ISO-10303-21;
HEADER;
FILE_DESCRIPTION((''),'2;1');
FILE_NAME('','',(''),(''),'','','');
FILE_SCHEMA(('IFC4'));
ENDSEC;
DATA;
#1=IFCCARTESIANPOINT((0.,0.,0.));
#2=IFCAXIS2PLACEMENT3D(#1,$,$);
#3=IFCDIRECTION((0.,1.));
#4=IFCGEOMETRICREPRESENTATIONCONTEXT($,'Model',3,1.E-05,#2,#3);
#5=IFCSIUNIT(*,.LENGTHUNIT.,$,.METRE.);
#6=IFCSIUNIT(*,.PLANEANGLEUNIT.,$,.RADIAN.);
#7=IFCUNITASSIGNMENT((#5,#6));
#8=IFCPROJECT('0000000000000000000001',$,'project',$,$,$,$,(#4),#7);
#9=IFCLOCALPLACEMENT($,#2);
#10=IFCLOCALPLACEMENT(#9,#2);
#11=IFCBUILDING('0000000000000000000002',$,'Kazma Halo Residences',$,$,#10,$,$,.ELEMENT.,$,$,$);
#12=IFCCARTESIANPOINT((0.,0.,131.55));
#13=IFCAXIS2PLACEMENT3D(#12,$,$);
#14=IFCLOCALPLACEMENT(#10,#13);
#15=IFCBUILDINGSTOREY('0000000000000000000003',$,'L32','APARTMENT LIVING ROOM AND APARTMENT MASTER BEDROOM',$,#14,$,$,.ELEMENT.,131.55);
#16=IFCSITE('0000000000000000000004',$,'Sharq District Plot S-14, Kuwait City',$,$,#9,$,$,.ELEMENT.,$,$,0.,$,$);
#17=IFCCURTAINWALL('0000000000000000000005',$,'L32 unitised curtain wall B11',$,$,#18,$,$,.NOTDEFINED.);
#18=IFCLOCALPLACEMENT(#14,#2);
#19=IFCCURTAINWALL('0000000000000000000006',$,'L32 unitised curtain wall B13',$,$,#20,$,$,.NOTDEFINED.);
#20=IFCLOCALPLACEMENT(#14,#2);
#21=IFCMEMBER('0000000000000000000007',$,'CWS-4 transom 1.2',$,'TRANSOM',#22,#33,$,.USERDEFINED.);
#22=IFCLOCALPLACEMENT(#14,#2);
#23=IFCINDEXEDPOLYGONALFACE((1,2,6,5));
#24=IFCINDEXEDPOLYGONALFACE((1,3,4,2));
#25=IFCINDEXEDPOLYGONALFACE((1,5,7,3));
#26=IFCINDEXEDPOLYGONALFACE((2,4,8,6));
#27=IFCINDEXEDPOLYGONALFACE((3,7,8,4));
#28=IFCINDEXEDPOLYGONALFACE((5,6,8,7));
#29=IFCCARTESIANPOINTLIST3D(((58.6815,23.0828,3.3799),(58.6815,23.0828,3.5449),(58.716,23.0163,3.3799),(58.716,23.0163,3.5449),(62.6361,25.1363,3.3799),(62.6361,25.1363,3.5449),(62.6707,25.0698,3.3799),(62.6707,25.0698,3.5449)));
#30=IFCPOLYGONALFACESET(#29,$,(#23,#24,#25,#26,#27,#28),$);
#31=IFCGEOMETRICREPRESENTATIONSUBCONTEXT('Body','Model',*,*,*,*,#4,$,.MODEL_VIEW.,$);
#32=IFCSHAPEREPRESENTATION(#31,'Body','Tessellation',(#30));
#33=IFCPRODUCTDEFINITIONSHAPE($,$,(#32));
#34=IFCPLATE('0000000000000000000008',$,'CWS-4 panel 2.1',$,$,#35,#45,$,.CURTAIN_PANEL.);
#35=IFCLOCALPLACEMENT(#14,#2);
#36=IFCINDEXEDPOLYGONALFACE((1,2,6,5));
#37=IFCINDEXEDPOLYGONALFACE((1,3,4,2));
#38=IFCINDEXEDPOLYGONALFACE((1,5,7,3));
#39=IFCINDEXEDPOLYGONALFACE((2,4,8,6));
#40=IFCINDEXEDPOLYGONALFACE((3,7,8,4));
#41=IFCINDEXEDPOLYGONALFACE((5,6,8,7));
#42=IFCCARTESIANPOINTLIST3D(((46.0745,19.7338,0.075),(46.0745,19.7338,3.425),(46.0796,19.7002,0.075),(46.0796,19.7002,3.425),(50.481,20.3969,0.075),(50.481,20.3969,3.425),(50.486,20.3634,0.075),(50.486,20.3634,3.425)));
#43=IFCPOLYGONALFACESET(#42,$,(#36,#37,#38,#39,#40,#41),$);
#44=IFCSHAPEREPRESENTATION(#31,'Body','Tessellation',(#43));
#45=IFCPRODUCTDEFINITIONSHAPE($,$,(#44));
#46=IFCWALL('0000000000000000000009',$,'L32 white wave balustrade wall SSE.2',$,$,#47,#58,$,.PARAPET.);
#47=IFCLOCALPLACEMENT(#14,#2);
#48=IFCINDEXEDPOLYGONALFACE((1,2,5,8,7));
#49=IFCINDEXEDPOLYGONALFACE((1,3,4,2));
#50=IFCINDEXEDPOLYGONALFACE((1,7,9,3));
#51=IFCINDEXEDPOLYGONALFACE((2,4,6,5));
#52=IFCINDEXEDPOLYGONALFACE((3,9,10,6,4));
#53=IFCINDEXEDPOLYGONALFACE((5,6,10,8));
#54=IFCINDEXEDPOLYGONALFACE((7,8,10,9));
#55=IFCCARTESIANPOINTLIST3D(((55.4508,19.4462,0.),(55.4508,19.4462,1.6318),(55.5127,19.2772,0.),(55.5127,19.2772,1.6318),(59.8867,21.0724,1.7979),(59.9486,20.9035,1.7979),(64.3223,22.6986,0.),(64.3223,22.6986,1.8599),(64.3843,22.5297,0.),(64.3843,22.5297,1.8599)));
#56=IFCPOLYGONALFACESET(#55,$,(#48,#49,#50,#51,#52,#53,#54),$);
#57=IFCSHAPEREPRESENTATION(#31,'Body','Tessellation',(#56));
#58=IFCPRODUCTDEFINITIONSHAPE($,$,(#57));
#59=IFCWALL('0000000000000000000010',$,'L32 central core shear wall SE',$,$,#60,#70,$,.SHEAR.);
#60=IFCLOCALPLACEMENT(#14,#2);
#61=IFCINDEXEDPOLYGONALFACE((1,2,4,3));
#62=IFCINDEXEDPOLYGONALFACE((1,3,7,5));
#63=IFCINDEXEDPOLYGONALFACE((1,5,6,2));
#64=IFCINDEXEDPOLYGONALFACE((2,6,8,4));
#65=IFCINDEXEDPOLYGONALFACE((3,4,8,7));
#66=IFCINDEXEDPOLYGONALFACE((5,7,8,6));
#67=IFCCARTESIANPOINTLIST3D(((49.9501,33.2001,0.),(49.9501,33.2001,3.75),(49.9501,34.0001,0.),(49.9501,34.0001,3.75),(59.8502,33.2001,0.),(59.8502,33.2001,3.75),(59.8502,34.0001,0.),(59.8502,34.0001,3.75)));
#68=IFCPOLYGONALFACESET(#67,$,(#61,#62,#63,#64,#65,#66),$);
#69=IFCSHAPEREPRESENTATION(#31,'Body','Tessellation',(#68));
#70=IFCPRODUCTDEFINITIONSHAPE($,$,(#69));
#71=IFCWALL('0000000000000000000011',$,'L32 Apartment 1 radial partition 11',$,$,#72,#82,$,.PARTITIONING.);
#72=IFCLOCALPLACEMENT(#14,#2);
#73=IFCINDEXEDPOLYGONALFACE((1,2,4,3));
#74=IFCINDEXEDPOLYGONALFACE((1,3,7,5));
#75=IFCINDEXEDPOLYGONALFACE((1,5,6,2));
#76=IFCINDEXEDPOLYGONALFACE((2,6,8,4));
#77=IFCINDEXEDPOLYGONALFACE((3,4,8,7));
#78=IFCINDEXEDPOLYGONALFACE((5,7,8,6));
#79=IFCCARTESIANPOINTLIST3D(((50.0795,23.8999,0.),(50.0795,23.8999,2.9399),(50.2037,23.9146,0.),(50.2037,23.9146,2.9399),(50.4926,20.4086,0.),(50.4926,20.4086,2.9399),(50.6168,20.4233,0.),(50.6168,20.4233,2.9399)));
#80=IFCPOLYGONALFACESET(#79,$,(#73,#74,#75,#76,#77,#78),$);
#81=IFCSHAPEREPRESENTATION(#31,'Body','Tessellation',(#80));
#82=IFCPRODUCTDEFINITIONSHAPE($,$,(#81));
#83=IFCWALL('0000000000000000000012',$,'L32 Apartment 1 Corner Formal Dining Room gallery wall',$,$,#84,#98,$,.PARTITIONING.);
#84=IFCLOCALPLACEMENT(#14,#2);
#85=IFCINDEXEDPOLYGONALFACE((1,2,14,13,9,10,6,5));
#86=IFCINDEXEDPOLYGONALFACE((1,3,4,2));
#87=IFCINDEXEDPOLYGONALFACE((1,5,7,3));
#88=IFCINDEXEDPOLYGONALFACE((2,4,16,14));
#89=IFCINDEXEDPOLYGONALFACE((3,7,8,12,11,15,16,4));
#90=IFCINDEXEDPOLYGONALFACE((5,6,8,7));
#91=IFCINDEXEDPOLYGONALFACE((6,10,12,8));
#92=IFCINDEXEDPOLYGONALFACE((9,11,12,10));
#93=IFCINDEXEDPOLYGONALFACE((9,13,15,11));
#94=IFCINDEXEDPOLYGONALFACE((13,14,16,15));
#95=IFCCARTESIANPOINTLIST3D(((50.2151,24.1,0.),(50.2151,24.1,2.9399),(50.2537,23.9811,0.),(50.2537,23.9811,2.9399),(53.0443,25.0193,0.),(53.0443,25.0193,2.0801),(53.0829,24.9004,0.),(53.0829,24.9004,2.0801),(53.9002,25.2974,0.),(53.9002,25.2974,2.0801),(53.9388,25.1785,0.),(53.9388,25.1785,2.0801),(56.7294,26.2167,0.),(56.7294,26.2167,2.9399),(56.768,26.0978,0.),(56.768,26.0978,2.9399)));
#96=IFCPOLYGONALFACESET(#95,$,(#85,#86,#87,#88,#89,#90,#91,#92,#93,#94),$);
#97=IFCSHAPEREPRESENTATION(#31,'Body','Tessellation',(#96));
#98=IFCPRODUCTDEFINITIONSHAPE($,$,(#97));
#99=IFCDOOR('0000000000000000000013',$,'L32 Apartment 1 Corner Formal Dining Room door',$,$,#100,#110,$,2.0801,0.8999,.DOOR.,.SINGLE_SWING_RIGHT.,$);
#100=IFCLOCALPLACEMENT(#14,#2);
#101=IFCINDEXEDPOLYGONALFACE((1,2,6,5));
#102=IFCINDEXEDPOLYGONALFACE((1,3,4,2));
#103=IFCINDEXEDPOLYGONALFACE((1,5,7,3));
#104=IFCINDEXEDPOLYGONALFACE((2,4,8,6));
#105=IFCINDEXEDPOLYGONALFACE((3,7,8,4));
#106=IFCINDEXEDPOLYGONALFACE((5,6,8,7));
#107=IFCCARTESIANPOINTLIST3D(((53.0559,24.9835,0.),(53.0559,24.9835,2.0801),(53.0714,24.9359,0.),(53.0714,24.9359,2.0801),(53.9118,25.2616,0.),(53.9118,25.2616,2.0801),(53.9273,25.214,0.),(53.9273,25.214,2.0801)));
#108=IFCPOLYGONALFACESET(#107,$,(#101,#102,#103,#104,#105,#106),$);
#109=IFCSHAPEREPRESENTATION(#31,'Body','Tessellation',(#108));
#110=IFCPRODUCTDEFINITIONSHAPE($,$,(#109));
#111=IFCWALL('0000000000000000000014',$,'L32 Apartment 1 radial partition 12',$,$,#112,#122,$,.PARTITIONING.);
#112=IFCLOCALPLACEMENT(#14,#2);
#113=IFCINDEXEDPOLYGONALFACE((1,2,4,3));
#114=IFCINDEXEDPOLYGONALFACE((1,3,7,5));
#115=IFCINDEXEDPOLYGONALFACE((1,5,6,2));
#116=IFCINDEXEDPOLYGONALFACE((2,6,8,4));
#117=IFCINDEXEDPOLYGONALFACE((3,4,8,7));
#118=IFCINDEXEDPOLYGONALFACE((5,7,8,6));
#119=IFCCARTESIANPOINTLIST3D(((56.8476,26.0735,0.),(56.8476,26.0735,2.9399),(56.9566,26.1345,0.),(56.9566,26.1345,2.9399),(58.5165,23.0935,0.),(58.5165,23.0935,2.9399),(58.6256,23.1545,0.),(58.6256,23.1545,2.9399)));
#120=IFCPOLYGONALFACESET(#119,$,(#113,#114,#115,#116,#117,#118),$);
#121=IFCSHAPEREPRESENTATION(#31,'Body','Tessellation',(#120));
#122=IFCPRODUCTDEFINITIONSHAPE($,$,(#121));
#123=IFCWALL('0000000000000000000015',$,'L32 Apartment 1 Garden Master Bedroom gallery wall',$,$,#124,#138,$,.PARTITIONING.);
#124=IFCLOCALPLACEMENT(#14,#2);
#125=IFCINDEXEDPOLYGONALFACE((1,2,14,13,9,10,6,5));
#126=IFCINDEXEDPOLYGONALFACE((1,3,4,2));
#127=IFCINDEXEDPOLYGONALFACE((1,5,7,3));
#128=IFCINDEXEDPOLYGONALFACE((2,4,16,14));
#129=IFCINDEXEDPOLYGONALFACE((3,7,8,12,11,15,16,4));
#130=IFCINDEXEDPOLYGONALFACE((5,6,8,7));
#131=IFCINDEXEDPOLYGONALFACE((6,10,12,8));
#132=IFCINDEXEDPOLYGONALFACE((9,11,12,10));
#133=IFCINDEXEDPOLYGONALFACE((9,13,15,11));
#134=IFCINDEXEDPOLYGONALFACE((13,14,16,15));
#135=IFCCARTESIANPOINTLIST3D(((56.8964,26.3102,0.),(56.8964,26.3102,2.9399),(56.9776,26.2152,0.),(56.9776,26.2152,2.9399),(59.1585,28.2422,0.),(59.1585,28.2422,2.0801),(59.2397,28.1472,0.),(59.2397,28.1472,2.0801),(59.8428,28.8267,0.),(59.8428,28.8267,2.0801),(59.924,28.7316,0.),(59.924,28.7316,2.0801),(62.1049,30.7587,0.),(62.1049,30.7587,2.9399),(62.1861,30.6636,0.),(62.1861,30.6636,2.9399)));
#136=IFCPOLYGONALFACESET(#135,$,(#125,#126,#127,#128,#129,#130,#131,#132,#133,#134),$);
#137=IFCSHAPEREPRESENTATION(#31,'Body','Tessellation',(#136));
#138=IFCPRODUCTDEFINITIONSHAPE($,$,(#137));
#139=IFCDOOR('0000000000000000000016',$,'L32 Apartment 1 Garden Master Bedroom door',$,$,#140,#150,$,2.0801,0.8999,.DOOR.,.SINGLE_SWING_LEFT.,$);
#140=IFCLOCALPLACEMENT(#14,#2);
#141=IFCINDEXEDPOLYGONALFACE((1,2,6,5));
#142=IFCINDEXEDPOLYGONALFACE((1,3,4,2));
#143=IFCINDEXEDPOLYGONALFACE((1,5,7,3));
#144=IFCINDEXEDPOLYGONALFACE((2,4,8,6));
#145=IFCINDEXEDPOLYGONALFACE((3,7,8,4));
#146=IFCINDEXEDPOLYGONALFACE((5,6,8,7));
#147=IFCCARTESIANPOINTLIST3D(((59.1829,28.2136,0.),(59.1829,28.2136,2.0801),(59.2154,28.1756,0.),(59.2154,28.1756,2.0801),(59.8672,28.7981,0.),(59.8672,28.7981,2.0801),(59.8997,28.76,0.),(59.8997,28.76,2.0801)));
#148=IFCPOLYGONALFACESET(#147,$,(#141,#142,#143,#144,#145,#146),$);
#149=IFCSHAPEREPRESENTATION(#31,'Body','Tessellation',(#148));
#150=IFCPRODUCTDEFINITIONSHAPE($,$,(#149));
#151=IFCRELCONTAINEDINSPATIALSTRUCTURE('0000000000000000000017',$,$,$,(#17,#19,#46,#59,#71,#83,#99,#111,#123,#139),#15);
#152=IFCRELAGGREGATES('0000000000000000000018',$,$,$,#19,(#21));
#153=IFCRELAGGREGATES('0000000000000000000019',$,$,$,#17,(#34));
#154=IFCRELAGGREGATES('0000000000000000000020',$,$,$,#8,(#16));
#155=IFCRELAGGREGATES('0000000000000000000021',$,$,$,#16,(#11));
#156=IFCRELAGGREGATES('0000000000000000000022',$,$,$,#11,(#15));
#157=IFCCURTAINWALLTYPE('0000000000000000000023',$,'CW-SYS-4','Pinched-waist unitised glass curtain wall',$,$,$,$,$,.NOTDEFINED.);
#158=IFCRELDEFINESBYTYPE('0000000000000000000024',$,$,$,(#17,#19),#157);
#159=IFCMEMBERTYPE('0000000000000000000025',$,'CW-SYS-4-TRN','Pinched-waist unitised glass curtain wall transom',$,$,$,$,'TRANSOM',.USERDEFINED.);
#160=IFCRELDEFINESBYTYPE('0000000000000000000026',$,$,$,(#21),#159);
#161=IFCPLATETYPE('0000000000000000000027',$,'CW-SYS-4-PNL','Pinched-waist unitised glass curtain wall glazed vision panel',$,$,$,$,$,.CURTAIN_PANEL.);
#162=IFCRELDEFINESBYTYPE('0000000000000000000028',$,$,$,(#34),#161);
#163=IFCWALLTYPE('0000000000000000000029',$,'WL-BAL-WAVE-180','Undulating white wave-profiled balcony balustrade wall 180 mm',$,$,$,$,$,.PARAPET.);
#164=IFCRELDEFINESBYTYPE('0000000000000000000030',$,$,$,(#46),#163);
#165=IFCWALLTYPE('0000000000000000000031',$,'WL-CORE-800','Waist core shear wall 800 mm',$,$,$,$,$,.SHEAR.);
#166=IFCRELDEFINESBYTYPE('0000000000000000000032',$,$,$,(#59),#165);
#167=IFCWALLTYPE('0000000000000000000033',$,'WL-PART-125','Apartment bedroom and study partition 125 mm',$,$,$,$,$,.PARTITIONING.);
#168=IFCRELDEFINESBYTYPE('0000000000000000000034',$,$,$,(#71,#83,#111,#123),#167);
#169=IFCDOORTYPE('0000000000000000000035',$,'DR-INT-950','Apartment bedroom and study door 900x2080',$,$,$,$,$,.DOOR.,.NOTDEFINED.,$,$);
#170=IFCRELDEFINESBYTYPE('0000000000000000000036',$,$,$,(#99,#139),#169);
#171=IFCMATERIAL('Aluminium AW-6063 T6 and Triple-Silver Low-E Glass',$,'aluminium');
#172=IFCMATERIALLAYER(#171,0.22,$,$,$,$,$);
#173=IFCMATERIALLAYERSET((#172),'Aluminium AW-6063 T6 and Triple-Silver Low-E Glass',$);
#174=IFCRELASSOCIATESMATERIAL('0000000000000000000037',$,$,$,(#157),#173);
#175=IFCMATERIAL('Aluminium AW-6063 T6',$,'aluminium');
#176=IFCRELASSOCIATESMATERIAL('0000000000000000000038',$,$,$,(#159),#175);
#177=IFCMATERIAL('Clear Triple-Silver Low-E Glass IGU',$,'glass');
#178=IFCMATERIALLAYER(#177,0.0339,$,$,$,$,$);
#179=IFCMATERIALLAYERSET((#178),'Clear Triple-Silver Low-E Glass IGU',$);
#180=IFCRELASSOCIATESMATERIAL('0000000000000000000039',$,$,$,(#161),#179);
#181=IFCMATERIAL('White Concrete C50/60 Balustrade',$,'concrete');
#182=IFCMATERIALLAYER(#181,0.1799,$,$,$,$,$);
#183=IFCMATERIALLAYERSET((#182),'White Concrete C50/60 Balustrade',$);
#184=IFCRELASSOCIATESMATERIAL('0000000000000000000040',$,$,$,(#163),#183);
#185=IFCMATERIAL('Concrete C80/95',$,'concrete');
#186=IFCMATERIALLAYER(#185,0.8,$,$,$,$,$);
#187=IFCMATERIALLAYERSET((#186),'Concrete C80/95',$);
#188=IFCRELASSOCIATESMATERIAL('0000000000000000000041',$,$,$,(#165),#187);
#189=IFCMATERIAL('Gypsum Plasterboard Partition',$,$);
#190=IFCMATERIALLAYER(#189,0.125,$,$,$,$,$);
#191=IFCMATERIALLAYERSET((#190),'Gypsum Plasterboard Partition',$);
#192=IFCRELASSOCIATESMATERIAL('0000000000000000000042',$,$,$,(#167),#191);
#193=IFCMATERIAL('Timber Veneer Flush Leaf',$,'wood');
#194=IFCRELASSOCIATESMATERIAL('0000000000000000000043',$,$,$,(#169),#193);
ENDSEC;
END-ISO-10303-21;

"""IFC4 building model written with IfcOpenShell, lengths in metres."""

from ifc_helpers import new_model, si_unit, direction, frame, frame_2d, origin, origin_2d, place, context, subcontext, project, spatial, polyline, rectangle, outline, extrude, material, layer, layer_set, material_profile, profile_set, type_object, element, fill, aggregate, save


model = new_model("IFC4")

# Units and contexts
model_context = context("Model", 3, precision=1e-05, world=origin(), true_north=direction((0.0, 1.0)))
body_context = subcontext(model_context, "Body", "Model", "MODEL_VIEW")
ifc_project = project(units=[si_unit("LENGTHUNIT", "METRE"), si_unit("PLANEANGLEUNIT", "RADIAN")], contexts=[model_context])

# Site, building, storey
site_placement = place(None, origin())
site = spatial("IfcSite", under=ifc_project, at=site_placement, Name="Sharq District Plot S-14, Kuwait City", CompositionType="ELEMENT", RefElevation=0.0)
building_placement = place(site_placement, origin())
building = spatial("IfcBuilding", under=site, at=building_placement, Name="Kazma Halo Residences", CompositionType="ELEMENT")
storey_placement = place(building_placement, frame((0.0, 0.0, 131.55)))
storey = spatial("IfcBuildingStorey", under=building, at=storey_placement, Name="L32", Description="APARTMENT LIVING ROOM AND APARTMENT MASTER BEDROOM", CompositionType="ELEMENT", Elevation=131.55)

# Shared definitions
ifc_material_1 = material(Name="Concrete C80/95", Category="concrete")

# Curtain wall
ifc_material_2 = material(Name="Aluminium AW-6063 T6 and Triple-Silver Low-E Glass", Category="aluminium")
ifc_layer_1 = layer(ifc_material_2, 0.22)
ifc_layer_set_1 = layer_set([ifc_layer_1], Name="Aluminium AW-6063 T6 and Triple-Silver Low-E Glass")
curtain_wall_type = type_object("IfcCurtainWallType", Name="CW-SYS-4", Description="Pinched-waist unitised glass curtain wall", PredefinedType="NOTDEFINED", material=ifc_layer_set_1)
curtain_wall_1_placement = place(storey_placement, origin())
curtain_wall_1 = element("IfcCurtainWall", 1, at=curtain_wall_1_placement, inside=storey, type_object=curtain_wall_type, Name="L32 unitised curtain wall B11", PredefinedType="NOTDEFINED")
ifc_material_3 = material(Name="Aluminium AW-6063 T6", Category="aluminium")

# Curtain wall, member
curtain_wall_2_placement = place(storey_placement, origin())
curtain_wall_2 = element("IfcCurtainWall", 2, at=curtain_wall_2_placement, inside=storey, type_object=curtain_wall_type, Name="L32 unitised curtain wall B13", PredefinedType="NOTDEFINED")
ifc_material_profile_1 = material_profile(ifc_material_3, rectangle(XDim=0.075, YDim=0.165, at=origin_2d()), Name="CWT-75x165")
ifc_profile_set_1 = profile_set([ifc_material_profile_1], Name="Aluminium AW-6063 T6")
member_type_1 = type_object("IfcMemberType", Name="CW-SYS-4-TRN", Description="Pinched-waist unitised glass curtain wall transom", ElementType="TRANSOM", PredefinedType="USERDEFINED", material=ifc_profile_set_1)
member_1_placement = place(storey_placement, frame((58.6987, 23.0496, 3.4624), z_axis=(0.887485, 0.460837, 0.0), x_axis=(-0.460837, 0.887485, 0.0)))
member_1 = element("IfcMember", 3, at=member_1_placement, type_object=member_type_1, Name="CWS-4 transom 1.2", ObjectType="TRANSOM", PredefinedType="USERDEFINED", context=body_context, shape_type="SweptSolid", body=[
    extrude(rectangle(XDim=0.075, YDim=0.165, at=origin_2d()), origin(), (0.0, 0.0, 1.0), 4.4561),
])
aggregate(curtain_wall_2, [member_1])

# Plate
ifc_material_4 = material(Name="Clear Triple-Silver Low-E Glass IGU", Category="glass")
ifc_layer_2 = layer(ifc_material_4, 0.0339)
ifc_layer_set_2 = layer_set([ifc_layer_2], Name="Clear Triple-Silver Low-E Glass IGU")
plate_type = type_object("IfcPlateType", Name="CW-SYS-4-PNL", Description="Pinched-waist unitised glass curtain wall glazed vision panel", PredefinedType="CURTAIN_PANEL", material=ifc_layer_set_2)
plate_placement = place(storey_placement, frame((48.2803, 20.0486, 0.075), z_axis=(0.0, 0.0, 1.0), x_axis=(0.988864, 0.148821, 0.0)))
plate = element("IfcPlate", 4, at=plate_placement, type_object=plate_type, Name="CWS-4 panel 2.1", PredefinedType="CURTAIN_PANEL", context=body_context, shape_type="SweptSolid", body=[
    extrude(rectangle(XDim=4.4561, YDim=0.0339, at=origin_2d()), origin(), (0.0, 0.0, 1.0), 3.3501),
])
aggregate(curtain_wall_1, [plate])

# Walls
ifc_material_5 = material(Name="White Concrete C50/60 Balustrade", Category="concrete")
ifc_layer_3 = layer(ifc_material_5, 0.1799)
ifc_layer_set_3 = layer_set([ifc_layer_3], Name="White Concrete C50/60 Balustrade")
wall_type_1 = type_object("IfcWallType", Name="WL-BAL-WAVE-180", Description="Undulating white wave-profiled balcony balustrade wall 180 mm", PredefinedType="PARAPET", material=ifc_layer_set_3)
wall_1_placement = place(storey_placement, frame((55.4817, 19.3618, 0.0), z_axis=(0.0, 0.0, 1.0), x_axis=(0.938892, 0.344211, 0.0)))
element("IfcWall", 5, at=wall_1_placement, inside=storey, type_object=wall_type_1, Name="L32 white wave balustrade wall SSE.2", PredefinedType="PARAPET", context=body_context, shape_type="SweptSolid", body=[
    extrude(outline(polyline([(0.0, 0.0), (9.449, 0.0), (9.449, 1.8599), (4.7246, 1.7979), (0.0, 1.6318), (0.0, 0.0)])), frame((0.0, 0.0898, 0.0), z_axis=(0.0, -1.0, 0.0), x_axis=(1.0, 0.0, 0.0)), (0.0, 0.0, 1.0), 0.1799),
])
ifc_layer_4 = layer(ifc_material_1, 0.8)
ifc_layer_set_4 = layer_set([ifc_layer_4], Name="Concrete C80/95")
wall_type_2 = type_object("IfcWallType", Name="WL-CORE-800", Description="Waist core shear wall 800 mm", PredefinedType="SHEAR", material=ifc_layer_set_4)
wall_2_placement = place(storey_placement, frame((49.95, 33.6001, 0.0), z_axis=(0.0, 0.0, 1.0), x_axis=(1.0, 0.0, 0.0)))
element("IfcWall", 6, at=wall_2_placement, inside=storey, type_object=wall_type_2, Name="L32 central core shear wall SE", PredefinedType="SHEAR", context=body_context, shape_type="SweptSolid", body=[
    extrude(rectangle(XDim=9.9001, YDim=0.8, at=frame_2d((4.9502, 0.0))), origin(), (0.0, 0.0, 1.0), 3.75),
])

# Wall
ifc_material_6 = material(Name="Gypsum Plasterboard Partition")
ifc_layer_5 = layer(ifc_material_6, 0.125)
ifc_layer_set_5 = layer_set([ifc_layer_5], Name="Gypsum Plasterboard Partition")
wall_type_3 = type_object("IfcWallType", Name="WL-PART-125", Description="Apartment bedroom and study partition 125 mm", PredefinedType="PARTITIONING", material=ifc_layer_set_5)
wall_3_placement = place(storey_placement, frame((50.1416, 23.9072, 0.0), z_axis=(0.0, 0.0, 1.0), x_axis=(0.117502, -0.993073, 0.0)))
element("IfcWall", 7, at=wall_3_placement, inside=storey, type_object=wall_type_3, Name="L32 Apartment 1 radial partition 11", PredefinedType="PARTITIONING", context=body_context, shape_type="SweptSolid", body=[
    extrude(rectangle(XDim=3.5156, YDim=0.125, at=frame_2d((1.7578, 0.0))), origin(), (0.0, 0.0, 1.0), 2.9399),
])

# Wall, opening, door
wall_4_placement = place(storey_placement, frame((50.2344, 24.0405, 0.0), z_axis=(0.0, 0.0, 1.0), x_axis=(0.951055, 0.309022, 0.0)))
wall_4 = element("IfcWall", 8, at=wall_4_placement, inside=storey, type_object=wall_type_3, Name="L32 Apartment 1 Corner Formal Dining Room gallery wall", PredefinedType="PARTITIONING", context=body_context, shape_type="SweptSolid", body=[
    extrude(rectangle(XDim=6.8496, YDim=0.125, at=frame_2d((3.4248, 0.0))), origin(), (0.0, 0.0, 1.0), 2.9399),
])
opening_1_placement = place(wall_4_placement, frame((2.9749, 0.0, 0.0)))
opening_1 = element("IfcOpeningElement", 9, at=opening_1_placement, cuts=wall_4, PredefinedType="OPENING", context=body_context, shape_type="SweptSolid", body=[
    extrude(rectangle(XDim=0.8999, YDim=2.0801, at=frame_2d((0.45, 1.04))), frame((0.0, 0.0725, 0.0), z_axis=(0.0, -1.0, 0.0), x_axis=(1.0, 0.0, 0.0)), (0.0, 0.0, 1.0), 0.145),
])
ifc_material_7 = material(Name="Timber Veneer Flush Leaf", Category="wood")
door_type_1 = type_object("IfcDoorType", Name="DR-INT-950", Description="Apartment bedroom and study door 900x2080", OperationType="NOTDEFINED", PredefinedType="DOOR", material=ifc_material_7)
door_1_placement = place(opening_1_placement, origin())
door_1 = element("IfcDoor", 10, at=door_1_placement, inside=storey, type_object=door_type_1, Name="L32 Apartment 1 Corner Formal Dining Room door", OperationType="SINGLE_SWING_RIGHT", OverallHeight=2.0801, OverallWidth=0.8999, PredefinedType="DOOR", context=body_context, shape_type="SweptSolid", body=[
    extrude(rectangle(XDim=0.8999, YDim=2.0801, at=frame_2d((0.45, 1.04))), frame((0.0, 0.0249, 0.0), z_axis=(0.0, -1.0, 0.0), x_axis=(1.0, 0.0, 0.0)), (0.0, 0.0, 1.0), 0.05),
])
fill(opening_1, door_1)

# Wall
wall_5_placement = place(storey_placement, frame((56.9021, 26.104, 0.0), z_axis=(0.0, 0.0, 1.0), x_axis=(0.488638, -0.872487, 0.0)))
element("IfcWall", 11, at=wall_5_placement, inside=storey, type_object=wall_type_3, Name="L32 Apartment 1 radial partition 12", PredefinedType="PARTITIONING", context=body_context, shape_type="SweptSolid", body=[
    extrude(rectangle(XDim=3.4155, YDim=0.125, at=frame_2d((1.7078, 0.0))), origin(), (0.0, 0.0, 1.0), 2.9399),
])

# Wall, opening, door
wall_6_placement = place(storey_placement, frame((56.937, 26.2627, 0.0), z_axis=(0.0, 0.0, 1.0), x_axis=(0.760405, 0.649449, 0.0)))
wall_6 = element("IfcWall", 12, at=wall_6_placement, inside=storey, type_object=wall_type_3, Name="L32 Apartment 1 Garden Master Bedroom gallery wall", PredefinedType="PARTITIONING", context=body_context, shape_type="SweptSolid", body=[
    extrude(rectangle(XDim=6.8496, YDim=0.125, at=frame_2d((3.4248, 0.0))), origin(), (0.0, 0.0, 1.0), 2.9399),
])
opening_2_placement = place(wall_6_placement, frame((2.9749, 0.0, 0.0)))
opening_2 = element("IfcOpeningElement", 13, at=opening_2_placement, cuts=wall_6, PredefinedType="OPENING", context=body_context, shape_type="SweptSolid", body=[
    extrude(rectangle(XDim=0.8999, YDim=2.0801, at=frame_2d((0.45, 1.04))), frame((0.0, 0.0725, 0.0), z_axis=(0.0, -1.0, 0.0), x_axis=(1.0, 0.0, 0.0)), (0.0, 0.0, 1.0), 0.145),
])
door_2_placement = place(opening_2_placement, origin())
door_2 = element("IfcDoor", 14, at=door_2_placement, inside=storey, type_object=door_type_1, Name="L32 Apartment 1 Garden Master Bedroom door", OperationType="SINGLE_SWING_LEFT", OverallHeight=2.0801, OverallWidth=0.8999, PredefinedType="DOOR", context=body_context, shape_type="SweptSolid", body=[
    extrude(rectangle(XDim=0.8999, YDim=2.0801, at=frame_2d((0.45, 1.04))), frame((0.0, 0.0249, 0.0), z_axis=(0.0, -1.0, 0.0), x_axis=(1.0, 0.0, 0.0)), (0.0, 0.0, 1.0), 0.05),
])
fill(opening_2, door_2)

save(model, "model.ifc")
